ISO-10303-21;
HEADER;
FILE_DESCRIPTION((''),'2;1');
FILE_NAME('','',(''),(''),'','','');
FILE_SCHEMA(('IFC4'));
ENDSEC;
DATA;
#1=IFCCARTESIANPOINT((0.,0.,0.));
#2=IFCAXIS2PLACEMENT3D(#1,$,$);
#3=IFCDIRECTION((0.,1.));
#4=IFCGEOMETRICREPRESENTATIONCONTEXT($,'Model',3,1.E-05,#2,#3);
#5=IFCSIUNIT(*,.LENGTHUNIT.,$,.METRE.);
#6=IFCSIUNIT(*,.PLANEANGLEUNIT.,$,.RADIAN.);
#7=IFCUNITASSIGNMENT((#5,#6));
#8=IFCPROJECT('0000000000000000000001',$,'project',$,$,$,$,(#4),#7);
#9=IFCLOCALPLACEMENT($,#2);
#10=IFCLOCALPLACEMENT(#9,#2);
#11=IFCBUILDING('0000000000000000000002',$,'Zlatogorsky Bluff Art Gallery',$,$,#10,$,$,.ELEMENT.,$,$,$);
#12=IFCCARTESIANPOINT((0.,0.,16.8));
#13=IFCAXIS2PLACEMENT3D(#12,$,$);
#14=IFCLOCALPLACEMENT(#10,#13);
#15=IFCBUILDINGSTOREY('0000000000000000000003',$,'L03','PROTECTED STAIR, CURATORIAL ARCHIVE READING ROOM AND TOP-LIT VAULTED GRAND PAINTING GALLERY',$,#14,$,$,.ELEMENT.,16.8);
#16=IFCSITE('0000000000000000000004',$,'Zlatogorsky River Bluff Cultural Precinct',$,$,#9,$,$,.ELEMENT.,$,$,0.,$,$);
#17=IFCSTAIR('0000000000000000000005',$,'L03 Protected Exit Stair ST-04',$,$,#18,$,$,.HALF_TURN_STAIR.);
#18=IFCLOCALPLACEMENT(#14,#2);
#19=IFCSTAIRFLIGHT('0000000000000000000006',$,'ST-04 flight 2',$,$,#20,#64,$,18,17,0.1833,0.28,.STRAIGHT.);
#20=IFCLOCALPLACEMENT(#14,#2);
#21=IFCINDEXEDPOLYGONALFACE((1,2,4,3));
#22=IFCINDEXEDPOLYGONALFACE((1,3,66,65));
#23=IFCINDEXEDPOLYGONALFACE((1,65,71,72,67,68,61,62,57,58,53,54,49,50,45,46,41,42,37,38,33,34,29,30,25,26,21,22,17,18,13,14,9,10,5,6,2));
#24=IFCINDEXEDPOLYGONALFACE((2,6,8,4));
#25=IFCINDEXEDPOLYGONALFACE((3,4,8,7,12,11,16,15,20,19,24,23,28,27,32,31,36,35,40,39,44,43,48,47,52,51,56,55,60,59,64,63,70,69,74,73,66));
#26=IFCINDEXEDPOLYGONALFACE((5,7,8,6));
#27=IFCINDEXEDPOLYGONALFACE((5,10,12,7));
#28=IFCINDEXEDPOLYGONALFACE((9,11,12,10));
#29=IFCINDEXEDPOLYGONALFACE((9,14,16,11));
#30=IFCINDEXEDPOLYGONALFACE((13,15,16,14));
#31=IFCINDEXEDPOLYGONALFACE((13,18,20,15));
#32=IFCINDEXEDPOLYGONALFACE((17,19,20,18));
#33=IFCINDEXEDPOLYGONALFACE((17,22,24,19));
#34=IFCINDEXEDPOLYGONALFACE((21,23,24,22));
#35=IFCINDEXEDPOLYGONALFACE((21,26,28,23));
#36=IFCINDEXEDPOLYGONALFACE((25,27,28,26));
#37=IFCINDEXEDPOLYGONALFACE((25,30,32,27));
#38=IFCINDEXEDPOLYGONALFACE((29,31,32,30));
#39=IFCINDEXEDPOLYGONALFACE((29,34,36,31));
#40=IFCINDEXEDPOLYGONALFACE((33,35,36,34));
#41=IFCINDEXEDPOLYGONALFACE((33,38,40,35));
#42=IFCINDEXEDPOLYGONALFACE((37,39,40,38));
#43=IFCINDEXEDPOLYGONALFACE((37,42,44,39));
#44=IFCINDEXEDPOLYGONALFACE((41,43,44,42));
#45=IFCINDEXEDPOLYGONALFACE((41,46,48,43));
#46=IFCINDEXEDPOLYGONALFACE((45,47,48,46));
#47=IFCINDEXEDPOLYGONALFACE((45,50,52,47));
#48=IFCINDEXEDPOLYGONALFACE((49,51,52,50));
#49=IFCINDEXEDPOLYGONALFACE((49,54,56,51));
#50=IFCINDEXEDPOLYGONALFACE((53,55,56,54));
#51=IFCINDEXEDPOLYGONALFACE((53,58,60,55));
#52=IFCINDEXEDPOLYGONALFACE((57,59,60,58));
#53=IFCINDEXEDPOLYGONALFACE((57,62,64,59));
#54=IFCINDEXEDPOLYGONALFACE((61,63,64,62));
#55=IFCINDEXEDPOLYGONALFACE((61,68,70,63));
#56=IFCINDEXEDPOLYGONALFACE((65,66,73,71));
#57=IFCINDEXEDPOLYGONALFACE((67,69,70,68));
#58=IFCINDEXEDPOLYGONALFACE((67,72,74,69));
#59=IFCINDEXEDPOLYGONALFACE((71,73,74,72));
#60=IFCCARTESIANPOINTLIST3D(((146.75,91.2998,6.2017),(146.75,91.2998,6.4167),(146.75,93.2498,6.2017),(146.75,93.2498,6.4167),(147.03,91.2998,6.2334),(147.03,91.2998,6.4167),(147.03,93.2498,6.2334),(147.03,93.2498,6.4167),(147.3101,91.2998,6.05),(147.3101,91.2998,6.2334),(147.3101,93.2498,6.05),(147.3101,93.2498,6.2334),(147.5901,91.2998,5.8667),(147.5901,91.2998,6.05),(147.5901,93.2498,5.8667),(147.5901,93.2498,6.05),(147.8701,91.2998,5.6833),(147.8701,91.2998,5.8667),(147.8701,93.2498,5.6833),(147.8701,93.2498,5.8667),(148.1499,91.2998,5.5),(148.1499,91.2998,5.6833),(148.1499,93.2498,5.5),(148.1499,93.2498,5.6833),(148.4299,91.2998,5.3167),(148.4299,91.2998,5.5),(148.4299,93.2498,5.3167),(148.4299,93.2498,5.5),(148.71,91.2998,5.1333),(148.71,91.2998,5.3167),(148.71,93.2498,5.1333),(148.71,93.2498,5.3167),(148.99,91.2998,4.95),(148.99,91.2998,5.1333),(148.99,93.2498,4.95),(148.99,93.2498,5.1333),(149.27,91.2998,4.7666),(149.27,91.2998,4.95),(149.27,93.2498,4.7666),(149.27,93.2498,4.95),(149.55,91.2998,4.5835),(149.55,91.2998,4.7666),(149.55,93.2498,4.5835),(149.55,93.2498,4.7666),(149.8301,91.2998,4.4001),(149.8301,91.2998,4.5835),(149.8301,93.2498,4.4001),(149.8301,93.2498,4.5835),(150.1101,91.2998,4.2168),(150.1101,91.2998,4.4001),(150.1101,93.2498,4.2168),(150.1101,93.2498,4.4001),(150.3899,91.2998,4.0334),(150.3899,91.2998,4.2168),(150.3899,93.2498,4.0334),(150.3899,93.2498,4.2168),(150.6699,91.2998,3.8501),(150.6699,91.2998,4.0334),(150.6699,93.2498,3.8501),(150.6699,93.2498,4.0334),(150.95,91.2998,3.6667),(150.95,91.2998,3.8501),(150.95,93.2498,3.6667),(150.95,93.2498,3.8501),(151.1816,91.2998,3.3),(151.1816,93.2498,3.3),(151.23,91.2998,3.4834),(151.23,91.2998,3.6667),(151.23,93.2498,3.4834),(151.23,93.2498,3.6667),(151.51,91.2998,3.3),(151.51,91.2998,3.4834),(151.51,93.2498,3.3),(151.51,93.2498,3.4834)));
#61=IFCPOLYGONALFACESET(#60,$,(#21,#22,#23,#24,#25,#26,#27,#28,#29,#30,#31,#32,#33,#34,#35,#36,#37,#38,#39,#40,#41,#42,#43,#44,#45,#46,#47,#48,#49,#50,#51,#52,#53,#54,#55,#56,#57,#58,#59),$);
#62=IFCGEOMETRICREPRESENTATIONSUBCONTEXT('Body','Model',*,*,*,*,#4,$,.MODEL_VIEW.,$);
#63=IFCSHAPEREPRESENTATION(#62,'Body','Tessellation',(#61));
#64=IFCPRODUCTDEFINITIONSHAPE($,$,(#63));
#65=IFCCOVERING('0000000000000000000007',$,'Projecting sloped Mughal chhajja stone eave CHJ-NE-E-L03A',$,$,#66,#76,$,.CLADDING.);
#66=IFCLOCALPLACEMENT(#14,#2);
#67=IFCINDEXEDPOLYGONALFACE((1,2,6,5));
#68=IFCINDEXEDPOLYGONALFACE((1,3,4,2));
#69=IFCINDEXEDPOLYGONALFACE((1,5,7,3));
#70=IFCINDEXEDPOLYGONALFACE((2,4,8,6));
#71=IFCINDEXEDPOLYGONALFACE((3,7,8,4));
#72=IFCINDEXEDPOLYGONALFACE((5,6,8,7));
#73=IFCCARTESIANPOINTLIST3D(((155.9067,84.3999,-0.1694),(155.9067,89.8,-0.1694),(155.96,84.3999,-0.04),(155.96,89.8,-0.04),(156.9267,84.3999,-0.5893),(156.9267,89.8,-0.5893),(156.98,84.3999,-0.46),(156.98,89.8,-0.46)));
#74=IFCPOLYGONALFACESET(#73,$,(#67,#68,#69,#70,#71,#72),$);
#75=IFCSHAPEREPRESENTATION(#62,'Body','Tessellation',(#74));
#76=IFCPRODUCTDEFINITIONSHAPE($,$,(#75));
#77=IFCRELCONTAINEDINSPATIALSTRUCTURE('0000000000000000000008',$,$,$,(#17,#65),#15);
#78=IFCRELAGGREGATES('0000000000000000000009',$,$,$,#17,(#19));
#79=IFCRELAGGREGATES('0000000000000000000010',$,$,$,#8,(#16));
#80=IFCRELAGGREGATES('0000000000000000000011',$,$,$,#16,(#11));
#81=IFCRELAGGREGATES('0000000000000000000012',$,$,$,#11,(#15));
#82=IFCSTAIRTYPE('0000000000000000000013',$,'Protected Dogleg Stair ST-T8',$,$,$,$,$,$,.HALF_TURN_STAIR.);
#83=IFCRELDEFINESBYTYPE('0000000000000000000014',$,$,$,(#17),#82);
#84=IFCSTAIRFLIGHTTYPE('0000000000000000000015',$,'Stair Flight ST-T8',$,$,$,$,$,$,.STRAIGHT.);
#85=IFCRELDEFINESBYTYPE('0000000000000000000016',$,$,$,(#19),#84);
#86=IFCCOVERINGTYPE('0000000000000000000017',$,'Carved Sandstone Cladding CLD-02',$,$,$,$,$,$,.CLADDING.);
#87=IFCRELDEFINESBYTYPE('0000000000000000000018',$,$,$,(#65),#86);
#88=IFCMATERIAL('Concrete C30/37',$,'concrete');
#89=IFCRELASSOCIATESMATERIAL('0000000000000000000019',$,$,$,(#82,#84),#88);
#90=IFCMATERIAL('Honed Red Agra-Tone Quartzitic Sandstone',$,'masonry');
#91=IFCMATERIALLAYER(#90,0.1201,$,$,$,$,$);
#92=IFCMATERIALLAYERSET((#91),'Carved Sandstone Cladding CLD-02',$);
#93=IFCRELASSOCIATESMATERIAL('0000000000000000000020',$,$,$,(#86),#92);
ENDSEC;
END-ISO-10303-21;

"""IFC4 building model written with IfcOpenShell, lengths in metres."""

from ifc_helpers import new_model, si_unit, direction, frame, origin, place, context, subcontext, project, spatial, polyline, outline, extrude, material, layer, layer_set, type_object, element, aggregate, save


model = new_model("IFC4")

# Units and contexts
model_context = context("Model", 3, precision=1e-05, world=origin(), true_north=direction((0.0, 1.0)))
body_context = subcontext(model_context, "Body", "Model", "MODEL_VIEW")
ifc_project = project(units=[si_unit("LENGTHUNIT", "METRE"), si_unit("PLANEANGLEUNIT", "RADIAN")], contexts=[model_context])

# Site, building, storey
site_placement = place(None, origin())
site = spatial("IfcSite", under=ifc_project, at=site_placement, Name="Zlatogorsky River Bluff Cultural Precinct", CompositionType="ELEMENT", RefElevation=0.0)
building_placement = place(site_placement, origin())
building = spatial("IfcBuilding", under=site, at=building_placement, Name="Zlatogorsky Bluff Art Gallery", CompositionType="ELEMENT")
storey_placement = place(building_placement, frame((0.0, 0.0, 16.8)))
storey = spatial("IfcBuildingStorey", under=building, at=storey_placement, Name="L03", Description="PROTECTED STAIR, CURATORIAL ARCHIVE READING ROOM AND TOP-LIT VAULTED GRAND PAINTING GALLERY", CompositionType="ELEMENT", Elevation=16.8)

# Shared definitions
ifc_material_1 = material(Name="Concrete C30/37", Category="concrete")

# Stair, stair flight
stair_type = type_object("IfcStairType", Name="Protected Dogleg Stair ST-T8", PredefinedType="HALF_TURN_STAIR", material=ifc_material_1)
stair_placement = place(storey_placement, origin())
stair = element("IfcStair", 1, at=stair_placement, inside=storey, type_object=stair_type, Name="L03 Protected Exit Stair ST-04", PredefinedType="HALF_TURN_STAIR")
stair_flight_type = type_object("IfcStairFlightType", Name="Stair Flight ST-T8", PredefinedType="STRAIGHT", material=ifc_material_1)
stair_flight_1_placement = place(storey_placement, frame((151.51, 92.2749, 3.3), z_axis=(0.0, 0.0, 1.0), x_axis=(-1.0, 0.0, 0.0)))
stair_flight_1 = element("IfcStairFlight", 2, at=stair_flight_1_placement, type_object=stair_flight_type, Name="ST-04 flight 2", NumberOfRisers=18, NumberOfTreads=17, PredefinedType="STRAIGHT", RiserHeight=0.1833, TreadLength=0.28, context=body_context, shape_type="SweptSolid", body=[
    extrude(outline(polyline([(0.0, 0.0), (0.0, 0.1833), (0.28, 0.1833), (0.28, 0.3667), (0.5601, 0.3667), (0.5601, 0.55), (0.8401, 0.55), (0.8401, 0.7334), (1.1201, 0.7334), (1.1201, 0.9167), (1.3999, 0.9167), (1.3999, 1.1001), (1.6799, 1.1001), (1.6799, 1.2834), (1.96, 1.2834), (1.96, 1.4666), (2.24, 1.4666), (2.24, 1.6499), (2.52, 1.6499), (2.52, 1.8333), (2.8, 1.8333), (2.8, 2.0166), (3.0801, 2.0166), (3.0801, 2.2), (3.3601, 2.2), (3.3601, 2.3833), (3.6399, 2.3833), (3.6399, 2.5667), (3.9199, 2.5667), (3.9199, 2.75), (4.2, 2.75), (4.2, 2.9333), (4.48, 2.9333), (4.48, 3.1167), (4.76, 3.1167), (4.76, 3.3), (4.76, 2.9016), (0.3284, 0.0), (0.0, 0.0)])), frame((0.0, 0.9751, 0.0), z_axis=(0.0, -1.0, 0.0), x_axis=(1.0, 0.0, 0.0)), (0.0, 0.0, 1.0), 1.95),
])
aggregate(stair, [stair_flight_1])

# Covering
ifc_material_2 = material(Name="Honed Red Agra-Tone Quartzitic Sandstone", Category="masonry")
ifc_layer_1 = layer(ifc_material_2, 0.1201)
ifc_layer_set_1 = layer_set([ifc_layer_1], Name="Carved Sandstone Cladding CLD-02")
covering_type = type_object("IfcCoveringType", Name="Carved Sandstone Cladding CLD-02", PredefinedType="CLADDING", material=ifc_layer_set_1)
covering_placement = place(storey_placement, frame((155.96, 89.8, -0.04), z_axis=(0.380683, 0.0, 0.924706), x_axis=(0.0, -1.0, 0.0)))
element("IfcCovering", 3, at=covering_placement, inside=storey, type_object=covering_type, Name="Projecting sloped Mughal chhajja stone eave CHJ-NE-E-L03A", PredefinedType="CLADDING", context=body_context, shape_type="SweptSolid", body=[
    extrude(outline(polyline([(0.0, 0.0), (5.4001, 0.0), (5.4001, 1.1031), (0.0, 1.1031), (0.0, 0.0)])), origin(), (0.0, 0.0, -1.0), 0.1399),
])

save(model, "model.ifc")
